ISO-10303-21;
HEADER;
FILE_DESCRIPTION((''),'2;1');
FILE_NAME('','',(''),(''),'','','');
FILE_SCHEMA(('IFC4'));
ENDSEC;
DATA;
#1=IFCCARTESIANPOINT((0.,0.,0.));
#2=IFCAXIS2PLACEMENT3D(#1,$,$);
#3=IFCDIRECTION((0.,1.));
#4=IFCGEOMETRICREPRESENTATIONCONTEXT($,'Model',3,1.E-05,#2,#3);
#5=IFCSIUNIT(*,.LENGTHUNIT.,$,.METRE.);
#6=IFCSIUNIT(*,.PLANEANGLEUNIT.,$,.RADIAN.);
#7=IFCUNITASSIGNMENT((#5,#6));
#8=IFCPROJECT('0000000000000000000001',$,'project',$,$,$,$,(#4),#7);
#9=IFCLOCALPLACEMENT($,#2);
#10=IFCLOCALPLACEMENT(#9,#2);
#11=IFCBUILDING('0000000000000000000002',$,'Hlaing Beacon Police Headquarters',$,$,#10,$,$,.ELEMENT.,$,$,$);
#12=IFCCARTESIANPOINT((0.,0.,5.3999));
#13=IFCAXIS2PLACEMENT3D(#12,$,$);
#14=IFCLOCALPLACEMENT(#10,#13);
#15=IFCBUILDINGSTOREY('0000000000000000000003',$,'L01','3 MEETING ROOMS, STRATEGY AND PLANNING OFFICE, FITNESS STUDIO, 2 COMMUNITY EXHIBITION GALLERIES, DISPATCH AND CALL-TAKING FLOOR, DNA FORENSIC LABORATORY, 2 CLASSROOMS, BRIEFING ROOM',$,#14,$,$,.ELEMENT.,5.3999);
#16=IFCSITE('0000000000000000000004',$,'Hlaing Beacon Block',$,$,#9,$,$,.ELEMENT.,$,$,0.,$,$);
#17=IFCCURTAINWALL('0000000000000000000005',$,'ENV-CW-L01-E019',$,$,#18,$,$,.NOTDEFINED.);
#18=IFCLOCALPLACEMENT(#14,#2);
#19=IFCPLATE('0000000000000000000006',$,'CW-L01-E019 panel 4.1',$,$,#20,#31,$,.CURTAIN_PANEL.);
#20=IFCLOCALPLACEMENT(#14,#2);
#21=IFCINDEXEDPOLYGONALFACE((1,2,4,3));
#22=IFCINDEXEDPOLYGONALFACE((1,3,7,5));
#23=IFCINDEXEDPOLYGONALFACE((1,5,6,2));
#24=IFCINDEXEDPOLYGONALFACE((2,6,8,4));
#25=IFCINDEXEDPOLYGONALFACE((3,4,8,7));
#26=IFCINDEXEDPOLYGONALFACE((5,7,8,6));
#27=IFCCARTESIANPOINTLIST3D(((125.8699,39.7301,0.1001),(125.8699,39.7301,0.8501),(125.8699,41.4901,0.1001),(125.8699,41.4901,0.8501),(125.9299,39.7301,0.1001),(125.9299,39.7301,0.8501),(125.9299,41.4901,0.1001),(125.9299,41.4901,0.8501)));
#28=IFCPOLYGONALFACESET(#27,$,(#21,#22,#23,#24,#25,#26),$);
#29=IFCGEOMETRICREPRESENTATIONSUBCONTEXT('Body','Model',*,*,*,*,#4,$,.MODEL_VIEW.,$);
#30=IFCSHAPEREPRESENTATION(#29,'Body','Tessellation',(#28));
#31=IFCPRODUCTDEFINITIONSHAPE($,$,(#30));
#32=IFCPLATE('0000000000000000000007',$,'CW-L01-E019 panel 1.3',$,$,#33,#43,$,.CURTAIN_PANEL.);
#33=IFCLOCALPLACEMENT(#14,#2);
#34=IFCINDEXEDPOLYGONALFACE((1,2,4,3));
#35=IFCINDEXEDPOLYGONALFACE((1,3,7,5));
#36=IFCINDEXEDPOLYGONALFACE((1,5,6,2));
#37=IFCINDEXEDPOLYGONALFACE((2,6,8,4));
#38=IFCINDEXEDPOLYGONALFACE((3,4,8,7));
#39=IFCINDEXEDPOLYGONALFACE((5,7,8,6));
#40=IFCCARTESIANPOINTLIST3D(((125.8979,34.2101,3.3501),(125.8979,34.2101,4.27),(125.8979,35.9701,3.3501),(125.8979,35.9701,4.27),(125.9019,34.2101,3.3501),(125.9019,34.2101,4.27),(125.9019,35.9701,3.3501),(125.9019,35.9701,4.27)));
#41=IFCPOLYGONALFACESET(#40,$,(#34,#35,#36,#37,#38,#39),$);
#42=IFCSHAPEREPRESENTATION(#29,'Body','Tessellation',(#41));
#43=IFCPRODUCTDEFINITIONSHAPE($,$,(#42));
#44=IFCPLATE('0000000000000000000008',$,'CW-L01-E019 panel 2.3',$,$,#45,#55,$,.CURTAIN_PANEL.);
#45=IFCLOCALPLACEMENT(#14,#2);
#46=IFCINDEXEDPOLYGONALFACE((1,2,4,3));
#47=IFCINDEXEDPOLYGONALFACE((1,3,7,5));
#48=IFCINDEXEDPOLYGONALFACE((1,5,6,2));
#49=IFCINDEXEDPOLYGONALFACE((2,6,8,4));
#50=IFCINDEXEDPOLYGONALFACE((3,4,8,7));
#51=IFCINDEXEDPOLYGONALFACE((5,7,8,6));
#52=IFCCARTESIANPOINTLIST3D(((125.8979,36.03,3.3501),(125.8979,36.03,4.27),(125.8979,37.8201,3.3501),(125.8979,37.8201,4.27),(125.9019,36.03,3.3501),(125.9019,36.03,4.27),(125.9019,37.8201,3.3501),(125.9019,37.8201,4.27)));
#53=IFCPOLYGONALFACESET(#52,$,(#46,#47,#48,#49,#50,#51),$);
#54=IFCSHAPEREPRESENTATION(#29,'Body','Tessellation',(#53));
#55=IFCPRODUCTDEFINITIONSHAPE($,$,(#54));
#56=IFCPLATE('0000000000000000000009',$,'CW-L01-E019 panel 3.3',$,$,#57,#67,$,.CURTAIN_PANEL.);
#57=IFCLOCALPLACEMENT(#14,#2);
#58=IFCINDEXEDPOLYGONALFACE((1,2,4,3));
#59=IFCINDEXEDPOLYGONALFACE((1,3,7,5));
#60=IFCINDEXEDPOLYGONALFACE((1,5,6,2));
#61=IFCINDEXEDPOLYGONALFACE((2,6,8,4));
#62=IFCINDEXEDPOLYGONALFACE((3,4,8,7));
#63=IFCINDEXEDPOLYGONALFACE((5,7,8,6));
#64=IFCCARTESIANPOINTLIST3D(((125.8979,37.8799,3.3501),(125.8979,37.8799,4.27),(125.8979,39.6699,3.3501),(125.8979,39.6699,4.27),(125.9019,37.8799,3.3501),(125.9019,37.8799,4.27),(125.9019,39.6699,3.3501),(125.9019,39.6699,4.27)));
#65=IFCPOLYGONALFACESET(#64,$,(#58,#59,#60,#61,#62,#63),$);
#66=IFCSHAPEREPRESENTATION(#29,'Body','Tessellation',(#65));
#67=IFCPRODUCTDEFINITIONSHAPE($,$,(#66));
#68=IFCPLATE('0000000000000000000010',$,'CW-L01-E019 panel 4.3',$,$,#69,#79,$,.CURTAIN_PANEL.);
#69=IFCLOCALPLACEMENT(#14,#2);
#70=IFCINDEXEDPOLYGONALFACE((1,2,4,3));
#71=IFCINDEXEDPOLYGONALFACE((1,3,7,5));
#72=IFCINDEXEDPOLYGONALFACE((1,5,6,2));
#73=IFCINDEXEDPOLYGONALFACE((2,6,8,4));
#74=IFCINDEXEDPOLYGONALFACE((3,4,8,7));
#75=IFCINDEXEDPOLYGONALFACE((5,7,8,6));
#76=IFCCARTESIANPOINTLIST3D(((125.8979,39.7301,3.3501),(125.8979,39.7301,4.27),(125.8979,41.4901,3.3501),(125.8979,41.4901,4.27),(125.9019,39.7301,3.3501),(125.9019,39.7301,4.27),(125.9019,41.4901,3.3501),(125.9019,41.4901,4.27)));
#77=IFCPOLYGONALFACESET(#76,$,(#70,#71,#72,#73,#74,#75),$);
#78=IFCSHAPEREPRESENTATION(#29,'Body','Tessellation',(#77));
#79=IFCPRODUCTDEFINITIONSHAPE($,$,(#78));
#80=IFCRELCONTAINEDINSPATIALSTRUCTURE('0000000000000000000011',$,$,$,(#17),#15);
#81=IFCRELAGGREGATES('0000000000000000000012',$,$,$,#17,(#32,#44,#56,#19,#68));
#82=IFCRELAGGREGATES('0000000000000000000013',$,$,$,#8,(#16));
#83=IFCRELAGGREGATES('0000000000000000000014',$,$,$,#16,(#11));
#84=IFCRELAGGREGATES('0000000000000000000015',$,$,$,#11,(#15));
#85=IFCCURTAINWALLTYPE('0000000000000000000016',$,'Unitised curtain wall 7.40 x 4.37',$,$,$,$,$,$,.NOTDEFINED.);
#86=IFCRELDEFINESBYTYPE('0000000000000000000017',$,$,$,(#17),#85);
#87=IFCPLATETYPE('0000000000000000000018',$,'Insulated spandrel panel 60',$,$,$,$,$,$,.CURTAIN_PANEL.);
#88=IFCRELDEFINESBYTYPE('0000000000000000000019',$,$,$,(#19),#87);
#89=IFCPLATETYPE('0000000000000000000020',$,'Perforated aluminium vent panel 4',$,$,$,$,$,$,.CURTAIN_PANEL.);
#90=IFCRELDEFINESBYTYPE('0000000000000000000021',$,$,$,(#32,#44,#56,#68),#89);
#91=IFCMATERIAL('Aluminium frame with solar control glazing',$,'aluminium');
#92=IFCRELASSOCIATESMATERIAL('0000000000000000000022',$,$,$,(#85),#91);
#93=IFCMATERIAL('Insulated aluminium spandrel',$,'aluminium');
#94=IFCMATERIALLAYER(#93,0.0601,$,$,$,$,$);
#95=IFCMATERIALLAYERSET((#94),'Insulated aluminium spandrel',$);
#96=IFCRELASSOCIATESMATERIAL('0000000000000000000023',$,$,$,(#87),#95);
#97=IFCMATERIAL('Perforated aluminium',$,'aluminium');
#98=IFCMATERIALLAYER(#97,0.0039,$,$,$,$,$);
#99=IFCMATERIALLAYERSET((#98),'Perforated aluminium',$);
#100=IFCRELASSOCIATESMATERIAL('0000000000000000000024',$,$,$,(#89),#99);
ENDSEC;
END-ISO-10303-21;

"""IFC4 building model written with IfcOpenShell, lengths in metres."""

from ifc_helpers import new_model, si_unit, direction, frame, origin, origin_2d, place, context, subcontext, project, spatial, rectangle, extrude, material, layer, layer_set, type_object, element, aggregate, save


model = new_model("IFC4")

# Units and contexts
model_context = context("Model", 3, precision=1e-05, world=origin(), true_north=direction((0.0, 1.0)))
body_context = subcontext(model_context, "Body", "Model", "MODEL_VIEW")
ifc_project = project(units=[si_unit("LENGTHUNIT", "METRE"), si_unit("PLANEANGLEUNIT", "RADIAN")], contexts=[model_context])

# Site, building, storey
site_placement = place(None, origin())
site = spatial("IfcSite", under=ifc_project, at=site_placement, Name="Hlaing Beacon Block", CompositionType="ELEMENT", RefElevation=0.0)
building_placement = place(site_placement, origin())
building = spatial("IfcBuilding", under=site, at=building_placement, Name="Hlaing Beacon Police Headquarters", CompositionType="ELEMENT")
storey_placement = place(building_placement, frame((0.0, 0.0, 5.3999)))
storey = spatial("IfcBuildingStorey", under=building, at=storey_placement, Name="L01", Description="3 MEETING ROOMS, STRATEGY AND PLANNING OFFICE, FITNESS STUDIO, 2 COMMUNITY EXHIBITION GALLERIES, DISPATCH AND CALL-TAKING FLOOR, DNA FORENSIC LABORATORY, 2 CLASSROOMS, BRIEFING ROOM", CompositionType="ELEMENT", Elevation=5.3999)

# Curtain wall
ifc_material_1 = material(Name="Aluminium frame with solar control glazing", Category="aluminium")
curtain_wall_type_1 = type_object("IfcCurtainWallType", Name="Unitised curtain wall 7.40 x 4.37", PredefinedType="NOTDEFINED", material=ifc_material_1)
curtain_wall_1_placement = place(storey_placement, origin())
curtain_wall_1 = element("IfcCurtainWall", 1, at=curtain_wall_1_placement, inside=storey, type_object=curtain_wall_type_1, Name="ENV-CW-L01-E019", PredefinedType="NOTDEFINED")

# Plates
ifc_material_2 = material(Name="Insulated aluminium spandrel", Category="aluminium")
ifc_layer_1 = layer(ifc_material_2, 0.0601)
ifc_layer_set_1 = layer_set([ifc_layer_1], Name="Insulated aluminium spandrel")
plate_type_1 = type_object("IfcPlateType", Name="Insulated spandrel panel 60", PredefinedType="CURTAIN_PANEL", material=ifc_layer_set_1)
plate_1_placement = place(storey_placement, frame((125.8999, 40.6101, 0.1001), z_axis=(0.0, 0.0, 1.0), x_axis=(0.0, 1.0, 0.0)))
plate_1 = element("IfcPlate", 2, at=plate_1_placement, type_object=plate_type_1, Name="CW-L01-E019 panel 4.1", PredefinedType="CURTAIN_PANEL", context=body_context, shape_type="SweptSolid", body=[
    extrude(rectangle(XDim=1.76, YDim=0.0601, at=origin_2d()), origin(), (0.0, 0.0, 1.0), 0.75),
])
ifc_material_3 = material(Name="Perforated aluminium", Category="aluminium")
ifc_layer_2 = layer(ifc_material_3, 0.0039)
ifc_layer_set_2 = layer_set([ifc_layer_2], Name="Perforated aluminium")
plate_type_2 = type_object("IfcPlateType", Name="Perforated aluminium vent panel 4", PredefinedType="CURTAIN_PANEL", material=ifc_layer_set_2)
plate_2_placement = place(storey_placement, frame((125.8999, 35.0901, 3.3501), z_axis=(0.0, 0.0, 1.0), x_axis=(0.0, 1.0, 0.0)))
plate_2 = element("IfcPlate", 3, at=plate_2_placement, type_object=plate_type_2, Name="CW-L01-E019 panel 1.3", PredefinedType="CURTAIN_PANEL", context=body_context, shape_type="SweptSolid", body=[
    extrude(rectangle(XDim=1.76, YDim=0.0039, at=origin_2d()), origin(), (0.0, 0.0, 1.0), 0.9199),
])
plate_3_placement = place(storey_placement, frame((125.8999, 36.925, 3.3501), z_axis=(0.0, 0.0, 1.0), x_axis=(0.0, 1.0, 0.0)))
plate_3 = element("IfcPlate", 4, at=plate_3_placement, type_object=plate_type_2, Name="CW-L01-E019 panel 2.3", PredefinedType="CURTAIN_PANEL", context=body_context, shape_type="SweptSolid", body=[
    extrude(rectangle(XDim=1.79, YDim=0.0039, at=origin_2d()), origin(), (0.0, 0.0, 1.0), 0.9199),
])
plate_4_placement = place(storey_placement, frame((125.8999, 38.7749, 3.3501), z_axis=(0.0, 0.0, 1.0), x_axis=(0.0, 1.0, 0.0)))
plate_4 = element("IfcPlate", 5, at=plate_4_placement, type_object=plate_type_2, Name="CW-L01-E019 panel 3.3", PredefinedType="CURTAIN_PANEL", context=body_context, shape_type="SweptSolid", body=[
    extrude(rectangle(XDim=1.79, YDim=0.0039, at=origin_2d()), origin(), (0.0, 0.0, 1.0), 0.9199),
])
plate_5_placement = place(storey_placement, frame((125.8999, 40.6101, 3.3501), z_axis=(0.0, 0.0, 1.0), x_axis=(0.0, 1.0, 0.0)))
plate_5 = element("IfcPlate", 6, at=plate_5_placement, type_object=plate_type_2, Name="CW-L01-E019 panel 4.3", PredefinedType="CURTAIN_PANEL", context=body_context, shape_type="SweptSolid", body=[
    extrude(rectangle(XDim=1.76, YDim=0.0039, at=origin_2d()), origin(), (0.0, 0.0, 1.0), 0.9199),
])
aggregate(curtain_wall_1, [plate_2, plate_3, plate_4, plate_1, plate_5])

save(model, "model.ifc")
